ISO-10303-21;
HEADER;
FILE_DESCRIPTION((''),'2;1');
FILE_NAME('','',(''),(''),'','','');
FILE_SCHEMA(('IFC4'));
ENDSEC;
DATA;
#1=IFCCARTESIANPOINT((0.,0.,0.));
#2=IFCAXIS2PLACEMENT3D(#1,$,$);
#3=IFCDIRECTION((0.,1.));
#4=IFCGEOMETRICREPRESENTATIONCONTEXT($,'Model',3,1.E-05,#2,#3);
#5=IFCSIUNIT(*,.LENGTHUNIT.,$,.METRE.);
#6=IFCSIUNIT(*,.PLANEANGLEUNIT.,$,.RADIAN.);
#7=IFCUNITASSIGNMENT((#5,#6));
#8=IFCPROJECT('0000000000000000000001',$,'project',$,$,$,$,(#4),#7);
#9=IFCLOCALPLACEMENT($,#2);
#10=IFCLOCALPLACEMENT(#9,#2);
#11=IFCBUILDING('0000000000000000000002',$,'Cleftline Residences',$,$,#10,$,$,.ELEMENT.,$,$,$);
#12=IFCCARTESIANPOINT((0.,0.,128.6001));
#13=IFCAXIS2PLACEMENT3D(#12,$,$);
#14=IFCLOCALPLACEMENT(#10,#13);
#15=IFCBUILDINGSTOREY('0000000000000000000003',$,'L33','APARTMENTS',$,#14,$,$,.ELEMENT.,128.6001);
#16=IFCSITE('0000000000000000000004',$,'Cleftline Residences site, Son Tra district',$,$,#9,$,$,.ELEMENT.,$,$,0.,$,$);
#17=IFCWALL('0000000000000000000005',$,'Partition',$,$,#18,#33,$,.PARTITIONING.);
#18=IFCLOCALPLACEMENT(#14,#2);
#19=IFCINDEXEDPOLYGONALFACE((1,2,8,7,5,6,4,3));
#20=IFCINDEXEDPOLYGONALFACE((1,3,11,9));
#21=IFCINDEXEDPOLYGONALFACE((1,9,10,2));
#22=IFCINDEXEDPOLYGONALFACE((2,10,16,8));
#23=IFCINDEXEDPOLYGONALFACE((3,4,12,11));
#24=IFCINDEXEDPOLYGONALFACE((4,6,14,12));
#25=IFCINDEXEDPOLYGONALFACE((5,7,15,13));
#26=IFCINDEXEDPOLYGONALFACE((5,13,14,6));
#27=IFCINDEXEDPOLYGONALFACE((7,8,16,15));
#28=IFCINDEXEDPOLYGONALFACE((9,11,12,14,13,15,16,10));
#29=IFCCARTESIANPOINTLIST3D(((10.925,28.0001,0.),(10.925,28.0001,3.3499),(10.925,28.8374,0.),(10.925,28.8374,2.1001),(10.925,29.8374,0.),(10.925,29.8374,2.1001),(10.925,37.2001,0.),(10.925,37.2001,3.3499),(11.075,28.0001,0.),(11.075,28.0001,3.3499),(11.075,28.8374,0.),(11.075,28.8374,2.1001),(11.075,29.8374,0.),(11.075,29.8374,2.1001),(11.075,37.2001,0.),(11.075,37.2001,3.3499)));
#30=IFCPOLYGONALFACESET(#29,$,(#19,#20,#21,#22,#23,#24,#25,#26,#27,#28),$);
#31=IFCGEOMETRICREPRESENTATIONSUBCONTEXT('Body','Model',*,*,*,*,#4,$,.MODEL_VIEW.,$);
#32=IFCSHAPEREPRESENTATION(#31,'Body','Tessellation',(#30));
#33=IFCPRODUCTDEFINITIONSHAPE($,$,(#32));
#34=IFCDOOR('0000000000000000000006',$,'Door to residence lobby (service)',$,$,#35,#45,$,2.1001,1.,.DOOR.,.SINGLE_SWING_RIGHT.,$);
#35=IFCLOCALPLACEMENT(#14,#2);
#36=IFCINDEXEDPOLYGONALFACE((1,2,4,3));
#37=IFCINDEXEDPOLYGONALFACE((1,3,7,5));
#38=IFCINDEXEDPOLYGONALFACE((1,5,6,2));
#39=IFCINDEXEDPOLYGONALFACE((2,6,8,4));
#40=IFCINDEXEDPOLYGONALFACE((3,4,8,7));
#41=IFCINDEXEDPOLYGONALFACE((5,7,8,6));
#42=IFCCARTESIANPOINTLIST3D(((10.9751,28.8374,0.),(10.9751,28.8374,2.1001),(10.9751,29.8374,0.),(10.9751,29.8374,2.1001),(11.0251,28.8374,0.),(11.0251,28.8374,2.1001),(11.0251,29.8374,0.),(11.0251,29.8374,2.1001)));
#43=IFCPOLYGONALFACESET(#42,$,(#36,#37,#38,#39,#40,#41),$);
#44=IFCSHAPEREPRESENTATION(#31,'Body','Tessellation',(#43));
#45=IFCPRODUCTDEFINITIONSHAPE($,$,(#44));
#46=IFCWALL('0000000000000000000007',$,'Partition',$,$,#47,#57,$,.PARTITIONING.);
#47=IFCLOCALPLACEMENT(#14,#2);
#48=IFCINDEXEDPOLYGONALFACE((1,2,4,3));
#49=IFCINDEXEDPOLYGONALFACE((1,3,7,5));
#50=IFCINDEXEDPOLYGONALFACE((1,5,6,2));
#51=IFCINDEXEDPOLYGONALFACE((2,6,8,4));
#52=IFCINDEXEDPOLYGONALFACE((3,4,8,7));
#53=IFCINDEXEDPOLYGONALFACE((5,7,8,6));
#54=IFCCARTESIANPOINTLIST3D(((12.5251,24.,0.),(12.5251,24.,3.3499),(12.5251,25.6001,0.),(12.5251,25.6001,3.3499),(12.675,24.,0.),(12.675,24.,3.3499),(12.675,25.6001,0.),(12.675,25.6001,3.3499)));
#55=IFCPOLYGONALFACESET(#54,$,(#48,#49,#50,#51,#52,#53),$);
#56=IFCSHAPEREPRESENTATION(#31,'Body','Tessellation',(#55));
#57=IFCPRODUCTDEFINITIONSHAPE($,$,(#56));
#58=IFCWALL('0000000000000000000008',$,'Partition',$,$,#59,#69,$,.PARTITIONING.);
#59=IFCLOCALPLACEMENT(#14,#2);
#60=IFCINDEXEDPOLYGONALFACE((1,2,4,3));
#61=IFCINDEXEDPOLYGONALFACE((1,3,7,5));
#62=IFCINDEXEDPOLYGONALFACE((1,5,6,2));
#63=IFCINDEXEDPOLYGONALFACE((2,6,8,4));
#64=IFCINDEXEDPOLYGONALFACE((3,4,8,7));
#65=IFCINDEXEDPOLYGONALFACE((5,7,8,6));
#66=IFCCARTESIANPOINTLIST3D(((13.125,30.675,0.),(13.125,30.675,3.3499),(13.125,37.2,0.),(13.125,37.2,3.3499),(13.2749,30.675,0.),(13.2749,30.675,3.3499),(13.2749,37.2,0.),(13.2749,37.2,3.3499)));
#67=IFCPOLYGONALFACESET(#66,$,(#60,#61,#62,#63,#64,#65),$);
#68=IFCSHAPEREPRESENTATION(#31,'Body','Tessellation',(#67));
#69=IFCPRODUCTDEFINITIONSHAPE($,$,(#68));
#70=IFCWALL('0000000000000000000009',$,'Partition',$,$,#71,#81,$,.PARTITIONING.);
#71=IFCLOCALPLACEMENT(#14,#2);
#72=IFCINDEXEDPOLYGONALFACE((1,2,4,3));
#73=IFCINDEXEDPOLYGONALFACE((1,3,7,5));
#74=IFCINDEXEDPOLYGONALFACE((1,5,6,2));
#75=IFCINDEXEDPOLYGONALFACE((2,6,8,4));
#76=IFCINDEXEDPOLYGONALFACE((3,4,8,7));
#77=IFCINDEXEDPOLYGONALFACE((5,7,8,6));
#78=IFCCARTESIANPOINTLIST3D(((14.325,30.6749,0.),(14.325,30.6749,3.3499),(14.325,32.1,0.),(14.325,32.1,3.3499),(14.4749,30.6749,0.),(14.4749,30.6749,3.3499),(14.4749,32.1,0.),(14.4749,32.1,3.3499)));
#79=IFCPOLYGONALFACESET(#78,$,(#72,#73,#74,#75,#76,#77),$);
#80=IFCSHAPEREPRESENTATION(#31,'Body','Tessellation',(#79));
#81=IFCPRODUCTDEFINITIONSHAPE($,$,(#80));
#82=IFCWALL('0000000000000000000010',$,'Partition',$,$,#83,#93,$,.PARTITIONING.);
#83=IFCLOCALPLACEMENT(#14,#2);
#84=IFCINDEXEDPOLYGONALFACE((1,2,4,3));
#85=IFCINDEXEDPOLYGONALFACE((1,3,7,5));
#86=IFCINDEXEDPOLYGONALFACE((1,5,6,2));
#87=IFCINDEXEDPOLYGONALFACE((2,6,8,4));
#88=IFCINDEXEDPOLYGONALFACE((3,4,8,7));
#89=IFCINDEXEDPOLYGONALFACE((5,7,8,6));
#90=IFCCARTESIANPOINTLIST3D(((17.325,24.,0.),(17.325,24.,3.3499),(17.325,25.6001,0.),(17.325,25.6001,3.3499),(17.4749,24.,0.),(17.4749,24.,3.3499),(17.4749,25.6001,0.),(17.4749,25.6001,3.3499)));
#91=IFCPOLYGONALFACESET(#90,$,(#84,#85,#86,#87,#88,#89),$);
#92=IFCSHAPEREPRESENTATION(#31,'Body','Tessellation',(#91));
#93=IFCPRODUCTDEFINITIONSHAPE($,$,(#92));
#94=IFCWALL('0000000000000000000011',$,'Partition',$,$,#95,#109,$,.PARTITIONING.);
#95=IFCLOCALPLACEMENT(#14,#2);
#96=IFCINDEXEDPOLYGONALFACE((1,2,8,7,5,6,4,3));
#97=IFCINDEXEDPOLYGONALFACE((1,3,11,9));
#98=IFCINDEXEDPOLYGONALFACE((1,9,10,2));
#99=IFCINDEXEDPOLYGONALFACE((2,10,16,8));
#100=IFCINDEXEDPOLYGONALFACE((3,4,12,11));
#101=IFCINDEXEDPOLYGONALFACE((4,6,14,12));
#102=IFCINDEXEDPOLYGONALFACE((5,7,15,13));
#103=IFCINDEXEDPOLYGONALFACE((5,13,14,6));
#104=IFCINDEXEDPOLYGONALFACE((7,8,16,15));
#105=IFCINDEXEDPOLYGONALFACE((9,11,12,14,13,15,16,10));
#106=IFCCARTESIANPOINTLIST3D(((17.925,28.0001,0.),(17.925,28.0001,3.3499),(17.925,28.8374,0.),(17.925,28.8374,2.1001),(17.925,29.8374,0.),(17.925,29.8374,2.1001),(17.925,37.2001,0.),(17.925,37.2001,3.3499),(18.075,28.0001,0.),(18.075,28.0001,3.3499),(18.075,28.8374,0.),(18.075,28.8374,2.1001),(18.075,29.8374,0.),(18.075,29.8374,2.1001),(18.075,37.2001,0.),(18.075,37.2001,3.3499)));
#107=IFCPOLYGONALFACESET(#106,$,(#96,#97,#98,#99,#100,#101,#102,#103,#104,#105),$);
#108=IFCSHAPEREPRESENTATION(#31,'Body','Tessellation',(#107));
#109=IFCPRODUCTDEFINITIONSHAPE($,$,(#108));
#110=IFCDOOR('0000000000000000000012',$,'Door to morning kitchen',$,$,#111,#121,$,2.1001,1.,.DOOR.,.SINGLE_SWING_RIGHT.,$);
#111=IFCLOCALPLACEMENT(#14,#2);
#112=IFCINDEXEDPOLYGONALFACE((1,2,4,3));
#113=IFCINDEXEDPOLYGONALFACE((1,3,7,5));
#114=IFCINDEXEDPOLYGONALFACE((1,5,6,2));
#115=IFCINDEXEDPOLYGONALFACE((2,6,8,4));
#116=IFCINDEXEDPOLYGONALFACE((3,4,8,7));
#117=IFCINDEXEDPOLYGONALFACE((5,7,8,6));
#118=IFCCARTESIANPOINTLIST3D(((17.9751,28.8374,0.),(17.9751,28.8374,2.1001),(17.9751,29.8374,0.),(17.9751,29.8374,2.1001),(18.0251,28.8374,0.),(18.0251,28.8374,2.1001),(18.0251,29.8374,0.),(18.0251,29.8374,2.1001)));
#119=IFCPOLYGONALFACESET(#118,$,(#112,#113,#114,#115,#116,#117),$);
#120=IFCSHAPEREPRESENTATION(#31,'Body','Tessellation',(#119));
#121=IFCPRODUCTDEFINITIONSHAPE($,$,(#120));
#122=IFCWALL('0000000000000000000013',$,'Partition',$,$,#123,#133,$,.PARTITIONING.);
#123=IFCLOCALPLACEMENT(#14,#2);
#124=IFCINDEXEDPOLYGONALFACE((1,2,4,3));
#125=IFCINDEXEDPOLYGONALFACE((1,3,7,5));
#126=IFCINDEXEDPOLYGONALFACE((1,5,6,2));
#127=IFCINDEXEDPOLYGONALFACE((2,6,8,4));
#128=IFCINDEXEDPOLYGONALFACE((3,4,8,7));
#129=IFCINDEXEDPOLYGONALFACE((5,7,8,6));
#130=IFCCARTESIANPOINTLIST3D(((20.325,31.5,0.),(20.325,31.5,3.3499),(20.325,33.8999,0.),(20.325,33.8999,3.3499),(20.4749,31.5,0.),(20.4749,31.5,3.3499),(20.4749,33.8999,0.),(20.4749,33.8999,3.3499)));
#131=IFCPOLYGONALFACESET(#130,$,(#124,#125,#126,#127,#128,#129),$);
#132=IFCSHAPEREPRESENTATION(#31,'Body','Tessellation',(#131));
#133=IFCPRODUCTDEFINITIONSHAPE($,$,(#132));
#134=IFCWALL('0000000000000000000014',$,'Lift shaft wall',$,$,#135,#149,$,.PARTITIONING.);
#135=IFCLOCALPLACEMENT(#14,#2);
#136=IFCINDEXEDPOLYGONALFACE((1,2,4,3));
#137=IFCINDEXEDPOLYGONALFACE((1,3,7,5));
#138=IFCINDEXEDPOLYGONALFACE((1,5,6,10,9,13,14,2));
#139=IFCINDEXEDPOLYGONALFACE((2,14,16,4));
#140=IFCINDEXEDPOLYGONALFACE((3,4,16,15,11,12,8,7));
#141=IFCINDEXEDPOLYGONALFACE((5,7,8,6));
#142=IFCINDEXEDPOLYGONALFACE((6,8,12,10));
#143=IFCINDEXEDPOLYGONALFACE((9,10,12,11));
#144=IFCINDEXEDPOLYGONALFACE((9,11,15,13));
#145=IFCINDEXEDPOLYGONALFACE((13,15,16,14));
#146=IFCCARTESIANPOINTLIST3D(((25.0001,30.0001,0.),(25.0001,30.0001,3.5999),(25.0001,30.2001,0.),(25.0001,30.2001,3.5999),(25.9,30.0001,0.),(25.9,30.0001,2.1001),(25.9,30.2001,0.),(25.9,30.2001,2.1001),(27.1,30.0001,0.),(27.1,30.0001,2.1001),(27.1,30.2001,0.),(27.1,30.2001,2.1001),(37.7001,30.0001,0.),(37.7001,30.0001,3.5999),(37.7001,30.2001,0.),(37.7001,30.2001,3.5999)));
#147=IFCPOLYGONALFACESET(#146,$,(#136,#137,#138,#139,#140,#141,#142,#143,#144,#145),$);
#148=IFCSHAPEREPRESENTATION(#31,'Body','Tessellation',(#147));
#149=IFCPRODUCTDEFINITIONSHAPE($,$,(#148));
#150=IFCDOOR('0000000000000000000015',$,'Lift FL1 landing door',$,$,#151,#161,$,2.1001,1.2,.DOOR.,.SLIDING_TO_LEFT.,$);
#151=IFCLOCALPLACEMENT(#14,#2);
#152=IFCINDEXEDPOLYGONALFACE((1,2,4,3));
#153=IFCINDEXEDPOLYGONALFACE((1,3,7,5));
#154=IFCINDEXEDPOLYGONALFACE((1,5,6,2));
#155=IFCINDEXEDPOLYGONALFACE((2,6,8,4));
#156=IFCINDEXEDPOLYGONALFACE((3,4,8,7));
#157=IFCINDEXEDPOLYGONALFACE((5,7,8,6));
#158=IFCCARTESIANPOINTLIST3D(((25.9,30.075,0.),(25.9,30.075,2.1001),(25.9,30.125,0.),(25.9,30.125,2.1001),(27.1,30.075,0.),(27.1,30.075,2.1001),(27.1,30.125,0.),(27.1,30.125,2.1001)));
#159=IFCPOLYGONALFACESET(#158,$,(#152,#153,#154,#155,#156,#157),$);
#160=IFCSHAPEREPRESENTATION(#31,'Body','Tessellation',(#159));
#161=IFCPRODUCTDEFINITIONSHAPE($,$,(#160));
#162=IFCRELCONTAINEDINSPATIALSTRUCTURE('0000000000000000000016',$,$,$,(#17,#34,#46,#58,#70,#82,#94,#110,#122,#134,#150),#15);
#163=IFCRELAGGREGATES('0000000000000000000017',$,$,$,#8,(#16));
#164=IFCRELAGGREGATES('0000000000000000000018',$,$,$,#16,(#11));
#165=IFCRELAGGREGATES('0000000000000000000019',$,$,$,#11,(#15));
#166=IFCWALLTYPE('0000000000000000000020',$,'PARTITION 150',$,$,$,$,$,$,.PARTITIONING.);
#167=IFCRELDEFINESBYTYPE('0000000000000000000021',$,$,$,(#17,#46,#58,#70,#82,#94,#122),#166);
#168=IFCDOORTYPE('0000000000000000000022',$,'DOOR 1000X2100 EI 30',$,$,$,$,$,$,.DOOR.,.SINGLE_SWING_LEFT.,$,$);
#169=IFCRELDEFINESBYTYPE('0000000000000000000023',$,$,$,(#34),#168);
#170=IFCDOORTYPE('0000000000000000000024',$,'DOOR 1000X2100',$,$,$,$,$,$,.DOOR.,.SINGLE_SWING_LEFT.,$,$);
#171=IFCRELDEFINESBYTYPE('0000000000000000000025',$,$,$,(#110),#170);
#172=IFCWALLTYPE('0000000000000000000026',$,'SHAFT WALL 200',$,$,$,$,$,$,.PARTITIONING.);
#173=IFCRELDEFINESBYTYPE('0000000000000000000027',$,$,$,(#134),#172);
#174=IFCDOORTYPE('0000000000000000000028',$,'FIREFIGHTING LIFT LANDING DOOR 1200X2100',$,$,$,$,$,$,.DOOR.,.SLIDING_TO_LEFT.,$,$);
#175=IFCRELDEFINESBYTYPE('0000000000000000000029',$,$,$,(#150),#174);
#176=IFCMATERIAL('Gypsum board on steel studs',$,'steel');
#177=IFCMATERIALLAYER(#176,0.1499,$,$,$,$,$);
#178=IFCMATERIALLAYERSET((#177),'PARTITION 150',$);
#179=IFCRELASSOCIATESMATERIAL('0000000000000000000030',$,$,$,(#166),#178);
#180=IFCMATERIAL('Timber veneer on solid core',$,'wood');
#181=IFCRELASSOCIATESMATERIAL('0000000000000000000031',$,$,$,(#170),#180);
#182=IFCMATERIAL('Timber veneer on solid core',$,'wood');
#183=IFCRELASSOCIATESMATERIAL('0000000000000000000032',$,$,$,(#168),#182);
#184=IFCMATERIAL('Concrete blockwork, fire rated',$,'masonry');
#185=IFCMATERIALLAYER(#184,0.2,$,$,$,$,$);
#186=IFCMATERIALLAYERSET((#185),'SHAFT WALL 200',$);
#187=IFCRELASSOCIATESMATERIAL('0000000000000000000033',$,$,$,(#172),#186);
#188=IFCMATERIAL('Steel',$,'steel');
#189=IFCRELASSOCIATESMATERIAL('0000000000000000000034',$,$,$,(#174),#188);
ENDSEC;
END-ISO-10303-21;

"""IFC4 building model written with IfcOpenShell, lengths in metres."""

from ifc_helpers import new_model, si_unit, direction, frame, frame_2d, origin, place, context, subcontext, project, spatial, rectangle, extrude, material, layer, layer_set, type_object, element, fill, save


model = new_model("IFC4")

# Units and contexts
model_context = context("Model", 3, precision=1e-05, world=origin(), true_north=direction((0.0, 1.0)))
body_context = subcontext(model_context, "Body", "Model", "MODEL_VIEW")
ifc_project = project(units=[si_unit("LENGTHUNIT", "METRE"), si_unit("PLANEANGLEUNIT", "RADIAN")], contexts=[model_context])

# Site, building, storey
site_placement = place(None, origin())
site = spatial("IfcSite", under=ifc_project, at=site_placement, Name="Cleftline Residences site, Son Tra district", CompositionType="ELEMENT", RefElevation=0.0)
building_placement = place(site_placement, origin())
building = spatial("IfcBuilding", under=site, at=building_placement, Name="Cleftline Residences", CompositionType="ELEMENT")
storey_placement = place(building_placement, frame((0.0, 0.0, 128.6001)))
storey = spatial("IfcBuildingStorey", under=building, at=storey_placement, Name="L33", Description="APARTMENTS", CompositionType="ELEMENT", Elevation=128.6001)

# Shared definitions
ifc_material_1 = material(Name="Gypsum board on steel studs", Category="steel")
ifc_layer_1 = layer(ifc_material_1, 0.1499)
ifc_layer_set_1 = layer_set([ifc_layer_1], Name="PARTITION 150")
wall_type_1 = type_object("IfcWallType", Name="PARTITION 150", PredefinedType="PARTITIONING", material=ifc_layer_set_1)
ifc_material_2 = material(Name="Timber veneer on solid core", Category="wood")
door_type_1 = type_object("IfcDoorType", Name="DOOR 1000X2100", OperationType="SINGLE_SWING_LEFT", PredefinedType="DOOR", material=ifc_material_2)

# Wall, opening, door
wall_1_placement = place(storey_placement, frame((11.0, 28.0, 0.0), z_axis=(0.0, 0.0, 1.0), x_axis=(0.0, 1.0, 0.0)))
wall_1 = element("IfcWall", 1, at=wall_1_placement, inside=storey, type_object=wall_type_1, Name="Partition", PredefinedType="PARTITIONING", context=body_context, shape_type="SweptSolid", body=[
    extrude(rectangle(XDim=9.2, YDim=0.1499, at=frame_2d((4.6001, 0.0))), origin(), (0.0, 0.0, 1.0), 3.3499),
])
opening_1_placement = place(wall_1_placement, frame((0.8374, 0.0, 0.0)))
opening_1 = element("IfcOpeningElement", 2, at=opening_1_placement, cuts=wall_1, PredefinedType="OPENING", context=body_context, shape_type="SweptSolid", body=[
    extrude(rectangle(XDim=1.0, YDim=2.1001, at=frame_2d((0.5, 1.05))), frame((0.0, 0.085, 0.0), z_axis=(0.0, -1.0, 0.0), x_axis=(1.0, 0.0, 0.0)), (0.0, 0.0, 1.0), 0.1699),
])
ifc_material_3 = material(Name="Timber veneer on solid core", Category="wood")
door_type_2 = type_object("IfcDoorType", Name="DOOR 1000X2100 EI 30", OperationType="SINGLE_SWING_LEFT", PredefinedType="DOOR", material=ifc_material_3)
door_1_placement = place(opening_1_placement, origin())
door_1 = element("IfcDoor", 3, at=door_1_placement, inside=storey, type_object=door_type_2, Name="Door to residence lobby (service)", OperationType="SINGLE_SWING_RIGHT", OverallHeight=2.1001, OverallWidth=1.0, PredefinedType="DOOR", context=body_context, shape_type="SweptSolid", body=[
    extrude(rectangle(XDim=1.0, YDim=2.1001, at=frame_2d((0.5, 1.05))), frame((0.0, 0.0249, 0.0), z_axis=(0.0, -1.0, 0.0), x_axis=(1.0, 0.0, 0.0)), (0.0, 0.0, 1.0), 0.05),
])
fill(opening_1, door_1)

# Walls
wall_2_placement = place(storey_placement, frame((12.6001, 24.0, 0.0), z_axis=(0.0, 0.0, 1.0), x_axis=(0.0, 1.0, 0.0)))
element("IfcWall", 4, at=wall_2_placement, inside=storey, type_object=wall_type_1, Name="Partition", PredefinedType="PARTITIONING", context=body_context, shape_type="SweptSolid", body=[
    extrude(rectangle(XDim=1.6001, YDim=0.1499, at=frame_2d((0.8, 0.0))), origin(), (0.0, 0.0, 1.0), 3.3499),
])
wall_3_placement = place(storey_placement, frame((13.2, 30.675, 0.0), z_axis=(0.0, 0.0, 1.0), x_axis=(0.0, 1.0, 0.0)))
element("IfcWall", 5, at=wall_3_placement, inside=storey, type_object=wall_type_1, Name="Partition", PredefinedType="PARTITIONING", context=body_context, shape_type="SweptSolid", body=[
    extrude(rectangle(XDim=6.5249, YDim=0.1499, at=frame_2d((3.2625, 0.0))), origin(), (0.0, 0.0, 1.0), 3.3499),
])
wall_4_placement = place(storey_placement, frame((14.3999, 30.675, 0.0), z_axis=(0.0, 0.0, 1.0), x_axis=(0.0, 1.0, 0.0)))
element("IfcWall", 6, at=wall_4_placement, inside=storey, type_object=wall_type_1, Name="Partition", PredefinedType="PARTITIONING", context=body_context, shape_type="SweptSolid", body=[
    extrude(rectangle(XDim=1.425, YDim=0.1499, at=frame_2d((0.7124, 0.0))), origin(), (0.0, 0.0, 1.0), 3.3499),
])
wall_5_placement = place(storey_placement, frame((17.3999, 24.0, 0.0), z_axis=(0.0, 0.0, 1.0), x_axis=(0.0, 1.0, 0.0)))
element("IfcWall", 7, at=wall_5_placement, inside=storey, type_object=wall_type_1, Name="Partition", PredefinedType="PARTITIONING", context=body_context, shape_type="SweptSolid", body=[
    extrude(rectangle(XDim=1.6001, YDim=0.1499, at=frame_2d((0.8, 0.0))), origin(), (0.0, 0.0, 1.0), 3.3499),
])

# Wall, opening, door
wall_6_placement = place(storey_placement, frame((18.0, 28.0, 0.0), z_axis=(0.0, 0.0, 1.0), x_axis=(0.0, 1.0, 0.0)))
wall_6 = element("IfcWall", 8, at=wall_6_placement, inside=storey, type_object=wall_type_1, Name="Partition", PredefinedType="PARTITIONING", context=body_context, shape_type="SweptSolid", body=[
    extrude(rectangle(XDim=9.2, YDim=0.1499, at=frame_2d((4.6001, 0.0))), origin(), (0.0, 0.0, 1.0), 3.3499),
])
opening_2_placement = place(wall_6_placement, frame((0.8374, 0.0, 0.0)))
opening_2 = element("IfcOpeningElement", 9, at=opening_2_placement, cuts=wall_6, PredefinedType="OPENING", context=body_context, shape_type="SweptSolid", body=[
    extrude(rectangle(XDim=1.0, YDim=2.1001, at=frame_2d((0.5, 1.05))), frame((0.0, 0.085, 0.0), z_axis=(0.0, -1.0, 0.0), x_axis=(1.0, 0.0, 0.0)), (0.0, 0.0, 1.0), 0.1699),
])
door_2_placement = place(opening_2_placement, origin())
door_2 = element("IfcDoor", 10, at=door_2_placement, inside=storey, type_object=door_type_1, Name="Door to morning kitchen", OperationType="SINGLE_SWING_RIGHT", OverallHeight=2.1001, OverallWidth=1.0, PredefinedType="DOOR", context=body_context, shape_type="SweptSolid", body=[
    extrude(rectangle(XDim=1.0, YDim=2.1001, at=frame_2d((0.5, 1.05))), frame((0.0, 0.0249, 0.0), z_axis=(0.0, -1.0, 0.0), x_axis=(1.0, 0.0, 0.0)), (0.0, 0.0, 1.0), 0.05),
])
fill(opening_2, door_2)

# Wall
wall_7_placement = place(storey_placement, frame((20.3999, 31.5, 0.0), z_axis=(0.0, 0.0, 1.0), x_axis=(0.0, 1.0, 0.0)))
element("IfcWall", 11, at=wall_7_placement, inside=storey, type_object=wall_type_1, Name="Partition", PredefinedType="PARTITIONING", context=body_context, shape_type="SweptSolid", body=[
    extrude(rectangle(XDim=2.3999, YDim=0.1499, at=frame_2d((1.2, 0.0))), origin(), (0.0, 0.0, 1.0), 3.3499),
])

# Wall, opening, door
ifc_material_4 = material(Name="Concrete blockwork, fire rated", Category="masonry")
ifc_layer_2 = layer(ifc_material_4, 0.2)
ifc_layer_set_2 = layer_set([ifc_layer_2], Name="SHAFT WALL 200")
wall_type_2 = type_object("IfcWallType", Name="SHAFT WALL 200", PredefinedType="PARTITIONING", material=ifc_layer_set_2)
wall_8_placement = place(storey_placement, frame((25.0, 30.1001, 0.0), z_axis=(0.0, 0.0, 1.0), x_axis=(1.0, 0.0, 0.0)))
wall_8 = element("IfcWall", 12, at=wall_8_placement, inside=storey, type_object=wall_type_2, Name="Lift shaft wall", PredefinedType="PARTITIONING", context=body_context, shape_type="SweptSolid", body=[
    extrude(rectangle(XDim=12.7, YDim=0.2, at=frame_2d((6.3501, 0.0))), origin(), (0.0, 0.0, 1.0), 3.5999),
])
opening_3_placement = place(wall_8_placement, frame((0.8999, 0.0, 0.0)))
opening_3 = element("IfcOpeningElement", 13, at=opening_3_placement, cuts=wall_8, PredefinedType="OPENING", context=body_context, shape_type="SweptSolid", body=[
    extrude(rectangle(XDim=1.2, YDim=2.1001, at=frame_2d((0.6001, 1.05))), frame((0.0, 0.1099, 0.0), z_axis=(0.0, -1.0, 0.0), x_axis=(1.0, 0.0, 0.0)), (0.0, 0.0, 1.0), 0.22),
])
ifc_material_5 = material(Name="Steel", Category="steel")
door_type_3 = type_object("IfcDoorType", Name="FIREFIGHTING LIFT LANDING DOOR 1200X2100", OperationType="SLIDING_TO_LEFT", PredefinedType="DOOR", material=ifc_material_5)
door_3_placement = place(opening_3_placement, origin())
door_3 = element("IfcDoor", 14, at=door_3_placement, inside=storey, type_object=door_type_3, Name="Lift FL1 landing door", OperationType="SLIDING_TO_LEFT", OverallHeight=2.1001, OverallWidth=1.2, PredefinedType="DOOR", context=body_context, shape_type="SweptSolid", body=[
    extrude(rectangle(XDim=1.2, YDim=2.1001, at=frame_2d((0.6001, 1.05))), frame((0.0, 0.0249, 0.0), z_axis=(0.0, -1.0, 0.0), x_axis=(1.0, 0.0, 0.0)), (0.0, 0.0, 1.0), 0.05),
])
fill(opening_3, door_3)

save(model, "model.ifc")
